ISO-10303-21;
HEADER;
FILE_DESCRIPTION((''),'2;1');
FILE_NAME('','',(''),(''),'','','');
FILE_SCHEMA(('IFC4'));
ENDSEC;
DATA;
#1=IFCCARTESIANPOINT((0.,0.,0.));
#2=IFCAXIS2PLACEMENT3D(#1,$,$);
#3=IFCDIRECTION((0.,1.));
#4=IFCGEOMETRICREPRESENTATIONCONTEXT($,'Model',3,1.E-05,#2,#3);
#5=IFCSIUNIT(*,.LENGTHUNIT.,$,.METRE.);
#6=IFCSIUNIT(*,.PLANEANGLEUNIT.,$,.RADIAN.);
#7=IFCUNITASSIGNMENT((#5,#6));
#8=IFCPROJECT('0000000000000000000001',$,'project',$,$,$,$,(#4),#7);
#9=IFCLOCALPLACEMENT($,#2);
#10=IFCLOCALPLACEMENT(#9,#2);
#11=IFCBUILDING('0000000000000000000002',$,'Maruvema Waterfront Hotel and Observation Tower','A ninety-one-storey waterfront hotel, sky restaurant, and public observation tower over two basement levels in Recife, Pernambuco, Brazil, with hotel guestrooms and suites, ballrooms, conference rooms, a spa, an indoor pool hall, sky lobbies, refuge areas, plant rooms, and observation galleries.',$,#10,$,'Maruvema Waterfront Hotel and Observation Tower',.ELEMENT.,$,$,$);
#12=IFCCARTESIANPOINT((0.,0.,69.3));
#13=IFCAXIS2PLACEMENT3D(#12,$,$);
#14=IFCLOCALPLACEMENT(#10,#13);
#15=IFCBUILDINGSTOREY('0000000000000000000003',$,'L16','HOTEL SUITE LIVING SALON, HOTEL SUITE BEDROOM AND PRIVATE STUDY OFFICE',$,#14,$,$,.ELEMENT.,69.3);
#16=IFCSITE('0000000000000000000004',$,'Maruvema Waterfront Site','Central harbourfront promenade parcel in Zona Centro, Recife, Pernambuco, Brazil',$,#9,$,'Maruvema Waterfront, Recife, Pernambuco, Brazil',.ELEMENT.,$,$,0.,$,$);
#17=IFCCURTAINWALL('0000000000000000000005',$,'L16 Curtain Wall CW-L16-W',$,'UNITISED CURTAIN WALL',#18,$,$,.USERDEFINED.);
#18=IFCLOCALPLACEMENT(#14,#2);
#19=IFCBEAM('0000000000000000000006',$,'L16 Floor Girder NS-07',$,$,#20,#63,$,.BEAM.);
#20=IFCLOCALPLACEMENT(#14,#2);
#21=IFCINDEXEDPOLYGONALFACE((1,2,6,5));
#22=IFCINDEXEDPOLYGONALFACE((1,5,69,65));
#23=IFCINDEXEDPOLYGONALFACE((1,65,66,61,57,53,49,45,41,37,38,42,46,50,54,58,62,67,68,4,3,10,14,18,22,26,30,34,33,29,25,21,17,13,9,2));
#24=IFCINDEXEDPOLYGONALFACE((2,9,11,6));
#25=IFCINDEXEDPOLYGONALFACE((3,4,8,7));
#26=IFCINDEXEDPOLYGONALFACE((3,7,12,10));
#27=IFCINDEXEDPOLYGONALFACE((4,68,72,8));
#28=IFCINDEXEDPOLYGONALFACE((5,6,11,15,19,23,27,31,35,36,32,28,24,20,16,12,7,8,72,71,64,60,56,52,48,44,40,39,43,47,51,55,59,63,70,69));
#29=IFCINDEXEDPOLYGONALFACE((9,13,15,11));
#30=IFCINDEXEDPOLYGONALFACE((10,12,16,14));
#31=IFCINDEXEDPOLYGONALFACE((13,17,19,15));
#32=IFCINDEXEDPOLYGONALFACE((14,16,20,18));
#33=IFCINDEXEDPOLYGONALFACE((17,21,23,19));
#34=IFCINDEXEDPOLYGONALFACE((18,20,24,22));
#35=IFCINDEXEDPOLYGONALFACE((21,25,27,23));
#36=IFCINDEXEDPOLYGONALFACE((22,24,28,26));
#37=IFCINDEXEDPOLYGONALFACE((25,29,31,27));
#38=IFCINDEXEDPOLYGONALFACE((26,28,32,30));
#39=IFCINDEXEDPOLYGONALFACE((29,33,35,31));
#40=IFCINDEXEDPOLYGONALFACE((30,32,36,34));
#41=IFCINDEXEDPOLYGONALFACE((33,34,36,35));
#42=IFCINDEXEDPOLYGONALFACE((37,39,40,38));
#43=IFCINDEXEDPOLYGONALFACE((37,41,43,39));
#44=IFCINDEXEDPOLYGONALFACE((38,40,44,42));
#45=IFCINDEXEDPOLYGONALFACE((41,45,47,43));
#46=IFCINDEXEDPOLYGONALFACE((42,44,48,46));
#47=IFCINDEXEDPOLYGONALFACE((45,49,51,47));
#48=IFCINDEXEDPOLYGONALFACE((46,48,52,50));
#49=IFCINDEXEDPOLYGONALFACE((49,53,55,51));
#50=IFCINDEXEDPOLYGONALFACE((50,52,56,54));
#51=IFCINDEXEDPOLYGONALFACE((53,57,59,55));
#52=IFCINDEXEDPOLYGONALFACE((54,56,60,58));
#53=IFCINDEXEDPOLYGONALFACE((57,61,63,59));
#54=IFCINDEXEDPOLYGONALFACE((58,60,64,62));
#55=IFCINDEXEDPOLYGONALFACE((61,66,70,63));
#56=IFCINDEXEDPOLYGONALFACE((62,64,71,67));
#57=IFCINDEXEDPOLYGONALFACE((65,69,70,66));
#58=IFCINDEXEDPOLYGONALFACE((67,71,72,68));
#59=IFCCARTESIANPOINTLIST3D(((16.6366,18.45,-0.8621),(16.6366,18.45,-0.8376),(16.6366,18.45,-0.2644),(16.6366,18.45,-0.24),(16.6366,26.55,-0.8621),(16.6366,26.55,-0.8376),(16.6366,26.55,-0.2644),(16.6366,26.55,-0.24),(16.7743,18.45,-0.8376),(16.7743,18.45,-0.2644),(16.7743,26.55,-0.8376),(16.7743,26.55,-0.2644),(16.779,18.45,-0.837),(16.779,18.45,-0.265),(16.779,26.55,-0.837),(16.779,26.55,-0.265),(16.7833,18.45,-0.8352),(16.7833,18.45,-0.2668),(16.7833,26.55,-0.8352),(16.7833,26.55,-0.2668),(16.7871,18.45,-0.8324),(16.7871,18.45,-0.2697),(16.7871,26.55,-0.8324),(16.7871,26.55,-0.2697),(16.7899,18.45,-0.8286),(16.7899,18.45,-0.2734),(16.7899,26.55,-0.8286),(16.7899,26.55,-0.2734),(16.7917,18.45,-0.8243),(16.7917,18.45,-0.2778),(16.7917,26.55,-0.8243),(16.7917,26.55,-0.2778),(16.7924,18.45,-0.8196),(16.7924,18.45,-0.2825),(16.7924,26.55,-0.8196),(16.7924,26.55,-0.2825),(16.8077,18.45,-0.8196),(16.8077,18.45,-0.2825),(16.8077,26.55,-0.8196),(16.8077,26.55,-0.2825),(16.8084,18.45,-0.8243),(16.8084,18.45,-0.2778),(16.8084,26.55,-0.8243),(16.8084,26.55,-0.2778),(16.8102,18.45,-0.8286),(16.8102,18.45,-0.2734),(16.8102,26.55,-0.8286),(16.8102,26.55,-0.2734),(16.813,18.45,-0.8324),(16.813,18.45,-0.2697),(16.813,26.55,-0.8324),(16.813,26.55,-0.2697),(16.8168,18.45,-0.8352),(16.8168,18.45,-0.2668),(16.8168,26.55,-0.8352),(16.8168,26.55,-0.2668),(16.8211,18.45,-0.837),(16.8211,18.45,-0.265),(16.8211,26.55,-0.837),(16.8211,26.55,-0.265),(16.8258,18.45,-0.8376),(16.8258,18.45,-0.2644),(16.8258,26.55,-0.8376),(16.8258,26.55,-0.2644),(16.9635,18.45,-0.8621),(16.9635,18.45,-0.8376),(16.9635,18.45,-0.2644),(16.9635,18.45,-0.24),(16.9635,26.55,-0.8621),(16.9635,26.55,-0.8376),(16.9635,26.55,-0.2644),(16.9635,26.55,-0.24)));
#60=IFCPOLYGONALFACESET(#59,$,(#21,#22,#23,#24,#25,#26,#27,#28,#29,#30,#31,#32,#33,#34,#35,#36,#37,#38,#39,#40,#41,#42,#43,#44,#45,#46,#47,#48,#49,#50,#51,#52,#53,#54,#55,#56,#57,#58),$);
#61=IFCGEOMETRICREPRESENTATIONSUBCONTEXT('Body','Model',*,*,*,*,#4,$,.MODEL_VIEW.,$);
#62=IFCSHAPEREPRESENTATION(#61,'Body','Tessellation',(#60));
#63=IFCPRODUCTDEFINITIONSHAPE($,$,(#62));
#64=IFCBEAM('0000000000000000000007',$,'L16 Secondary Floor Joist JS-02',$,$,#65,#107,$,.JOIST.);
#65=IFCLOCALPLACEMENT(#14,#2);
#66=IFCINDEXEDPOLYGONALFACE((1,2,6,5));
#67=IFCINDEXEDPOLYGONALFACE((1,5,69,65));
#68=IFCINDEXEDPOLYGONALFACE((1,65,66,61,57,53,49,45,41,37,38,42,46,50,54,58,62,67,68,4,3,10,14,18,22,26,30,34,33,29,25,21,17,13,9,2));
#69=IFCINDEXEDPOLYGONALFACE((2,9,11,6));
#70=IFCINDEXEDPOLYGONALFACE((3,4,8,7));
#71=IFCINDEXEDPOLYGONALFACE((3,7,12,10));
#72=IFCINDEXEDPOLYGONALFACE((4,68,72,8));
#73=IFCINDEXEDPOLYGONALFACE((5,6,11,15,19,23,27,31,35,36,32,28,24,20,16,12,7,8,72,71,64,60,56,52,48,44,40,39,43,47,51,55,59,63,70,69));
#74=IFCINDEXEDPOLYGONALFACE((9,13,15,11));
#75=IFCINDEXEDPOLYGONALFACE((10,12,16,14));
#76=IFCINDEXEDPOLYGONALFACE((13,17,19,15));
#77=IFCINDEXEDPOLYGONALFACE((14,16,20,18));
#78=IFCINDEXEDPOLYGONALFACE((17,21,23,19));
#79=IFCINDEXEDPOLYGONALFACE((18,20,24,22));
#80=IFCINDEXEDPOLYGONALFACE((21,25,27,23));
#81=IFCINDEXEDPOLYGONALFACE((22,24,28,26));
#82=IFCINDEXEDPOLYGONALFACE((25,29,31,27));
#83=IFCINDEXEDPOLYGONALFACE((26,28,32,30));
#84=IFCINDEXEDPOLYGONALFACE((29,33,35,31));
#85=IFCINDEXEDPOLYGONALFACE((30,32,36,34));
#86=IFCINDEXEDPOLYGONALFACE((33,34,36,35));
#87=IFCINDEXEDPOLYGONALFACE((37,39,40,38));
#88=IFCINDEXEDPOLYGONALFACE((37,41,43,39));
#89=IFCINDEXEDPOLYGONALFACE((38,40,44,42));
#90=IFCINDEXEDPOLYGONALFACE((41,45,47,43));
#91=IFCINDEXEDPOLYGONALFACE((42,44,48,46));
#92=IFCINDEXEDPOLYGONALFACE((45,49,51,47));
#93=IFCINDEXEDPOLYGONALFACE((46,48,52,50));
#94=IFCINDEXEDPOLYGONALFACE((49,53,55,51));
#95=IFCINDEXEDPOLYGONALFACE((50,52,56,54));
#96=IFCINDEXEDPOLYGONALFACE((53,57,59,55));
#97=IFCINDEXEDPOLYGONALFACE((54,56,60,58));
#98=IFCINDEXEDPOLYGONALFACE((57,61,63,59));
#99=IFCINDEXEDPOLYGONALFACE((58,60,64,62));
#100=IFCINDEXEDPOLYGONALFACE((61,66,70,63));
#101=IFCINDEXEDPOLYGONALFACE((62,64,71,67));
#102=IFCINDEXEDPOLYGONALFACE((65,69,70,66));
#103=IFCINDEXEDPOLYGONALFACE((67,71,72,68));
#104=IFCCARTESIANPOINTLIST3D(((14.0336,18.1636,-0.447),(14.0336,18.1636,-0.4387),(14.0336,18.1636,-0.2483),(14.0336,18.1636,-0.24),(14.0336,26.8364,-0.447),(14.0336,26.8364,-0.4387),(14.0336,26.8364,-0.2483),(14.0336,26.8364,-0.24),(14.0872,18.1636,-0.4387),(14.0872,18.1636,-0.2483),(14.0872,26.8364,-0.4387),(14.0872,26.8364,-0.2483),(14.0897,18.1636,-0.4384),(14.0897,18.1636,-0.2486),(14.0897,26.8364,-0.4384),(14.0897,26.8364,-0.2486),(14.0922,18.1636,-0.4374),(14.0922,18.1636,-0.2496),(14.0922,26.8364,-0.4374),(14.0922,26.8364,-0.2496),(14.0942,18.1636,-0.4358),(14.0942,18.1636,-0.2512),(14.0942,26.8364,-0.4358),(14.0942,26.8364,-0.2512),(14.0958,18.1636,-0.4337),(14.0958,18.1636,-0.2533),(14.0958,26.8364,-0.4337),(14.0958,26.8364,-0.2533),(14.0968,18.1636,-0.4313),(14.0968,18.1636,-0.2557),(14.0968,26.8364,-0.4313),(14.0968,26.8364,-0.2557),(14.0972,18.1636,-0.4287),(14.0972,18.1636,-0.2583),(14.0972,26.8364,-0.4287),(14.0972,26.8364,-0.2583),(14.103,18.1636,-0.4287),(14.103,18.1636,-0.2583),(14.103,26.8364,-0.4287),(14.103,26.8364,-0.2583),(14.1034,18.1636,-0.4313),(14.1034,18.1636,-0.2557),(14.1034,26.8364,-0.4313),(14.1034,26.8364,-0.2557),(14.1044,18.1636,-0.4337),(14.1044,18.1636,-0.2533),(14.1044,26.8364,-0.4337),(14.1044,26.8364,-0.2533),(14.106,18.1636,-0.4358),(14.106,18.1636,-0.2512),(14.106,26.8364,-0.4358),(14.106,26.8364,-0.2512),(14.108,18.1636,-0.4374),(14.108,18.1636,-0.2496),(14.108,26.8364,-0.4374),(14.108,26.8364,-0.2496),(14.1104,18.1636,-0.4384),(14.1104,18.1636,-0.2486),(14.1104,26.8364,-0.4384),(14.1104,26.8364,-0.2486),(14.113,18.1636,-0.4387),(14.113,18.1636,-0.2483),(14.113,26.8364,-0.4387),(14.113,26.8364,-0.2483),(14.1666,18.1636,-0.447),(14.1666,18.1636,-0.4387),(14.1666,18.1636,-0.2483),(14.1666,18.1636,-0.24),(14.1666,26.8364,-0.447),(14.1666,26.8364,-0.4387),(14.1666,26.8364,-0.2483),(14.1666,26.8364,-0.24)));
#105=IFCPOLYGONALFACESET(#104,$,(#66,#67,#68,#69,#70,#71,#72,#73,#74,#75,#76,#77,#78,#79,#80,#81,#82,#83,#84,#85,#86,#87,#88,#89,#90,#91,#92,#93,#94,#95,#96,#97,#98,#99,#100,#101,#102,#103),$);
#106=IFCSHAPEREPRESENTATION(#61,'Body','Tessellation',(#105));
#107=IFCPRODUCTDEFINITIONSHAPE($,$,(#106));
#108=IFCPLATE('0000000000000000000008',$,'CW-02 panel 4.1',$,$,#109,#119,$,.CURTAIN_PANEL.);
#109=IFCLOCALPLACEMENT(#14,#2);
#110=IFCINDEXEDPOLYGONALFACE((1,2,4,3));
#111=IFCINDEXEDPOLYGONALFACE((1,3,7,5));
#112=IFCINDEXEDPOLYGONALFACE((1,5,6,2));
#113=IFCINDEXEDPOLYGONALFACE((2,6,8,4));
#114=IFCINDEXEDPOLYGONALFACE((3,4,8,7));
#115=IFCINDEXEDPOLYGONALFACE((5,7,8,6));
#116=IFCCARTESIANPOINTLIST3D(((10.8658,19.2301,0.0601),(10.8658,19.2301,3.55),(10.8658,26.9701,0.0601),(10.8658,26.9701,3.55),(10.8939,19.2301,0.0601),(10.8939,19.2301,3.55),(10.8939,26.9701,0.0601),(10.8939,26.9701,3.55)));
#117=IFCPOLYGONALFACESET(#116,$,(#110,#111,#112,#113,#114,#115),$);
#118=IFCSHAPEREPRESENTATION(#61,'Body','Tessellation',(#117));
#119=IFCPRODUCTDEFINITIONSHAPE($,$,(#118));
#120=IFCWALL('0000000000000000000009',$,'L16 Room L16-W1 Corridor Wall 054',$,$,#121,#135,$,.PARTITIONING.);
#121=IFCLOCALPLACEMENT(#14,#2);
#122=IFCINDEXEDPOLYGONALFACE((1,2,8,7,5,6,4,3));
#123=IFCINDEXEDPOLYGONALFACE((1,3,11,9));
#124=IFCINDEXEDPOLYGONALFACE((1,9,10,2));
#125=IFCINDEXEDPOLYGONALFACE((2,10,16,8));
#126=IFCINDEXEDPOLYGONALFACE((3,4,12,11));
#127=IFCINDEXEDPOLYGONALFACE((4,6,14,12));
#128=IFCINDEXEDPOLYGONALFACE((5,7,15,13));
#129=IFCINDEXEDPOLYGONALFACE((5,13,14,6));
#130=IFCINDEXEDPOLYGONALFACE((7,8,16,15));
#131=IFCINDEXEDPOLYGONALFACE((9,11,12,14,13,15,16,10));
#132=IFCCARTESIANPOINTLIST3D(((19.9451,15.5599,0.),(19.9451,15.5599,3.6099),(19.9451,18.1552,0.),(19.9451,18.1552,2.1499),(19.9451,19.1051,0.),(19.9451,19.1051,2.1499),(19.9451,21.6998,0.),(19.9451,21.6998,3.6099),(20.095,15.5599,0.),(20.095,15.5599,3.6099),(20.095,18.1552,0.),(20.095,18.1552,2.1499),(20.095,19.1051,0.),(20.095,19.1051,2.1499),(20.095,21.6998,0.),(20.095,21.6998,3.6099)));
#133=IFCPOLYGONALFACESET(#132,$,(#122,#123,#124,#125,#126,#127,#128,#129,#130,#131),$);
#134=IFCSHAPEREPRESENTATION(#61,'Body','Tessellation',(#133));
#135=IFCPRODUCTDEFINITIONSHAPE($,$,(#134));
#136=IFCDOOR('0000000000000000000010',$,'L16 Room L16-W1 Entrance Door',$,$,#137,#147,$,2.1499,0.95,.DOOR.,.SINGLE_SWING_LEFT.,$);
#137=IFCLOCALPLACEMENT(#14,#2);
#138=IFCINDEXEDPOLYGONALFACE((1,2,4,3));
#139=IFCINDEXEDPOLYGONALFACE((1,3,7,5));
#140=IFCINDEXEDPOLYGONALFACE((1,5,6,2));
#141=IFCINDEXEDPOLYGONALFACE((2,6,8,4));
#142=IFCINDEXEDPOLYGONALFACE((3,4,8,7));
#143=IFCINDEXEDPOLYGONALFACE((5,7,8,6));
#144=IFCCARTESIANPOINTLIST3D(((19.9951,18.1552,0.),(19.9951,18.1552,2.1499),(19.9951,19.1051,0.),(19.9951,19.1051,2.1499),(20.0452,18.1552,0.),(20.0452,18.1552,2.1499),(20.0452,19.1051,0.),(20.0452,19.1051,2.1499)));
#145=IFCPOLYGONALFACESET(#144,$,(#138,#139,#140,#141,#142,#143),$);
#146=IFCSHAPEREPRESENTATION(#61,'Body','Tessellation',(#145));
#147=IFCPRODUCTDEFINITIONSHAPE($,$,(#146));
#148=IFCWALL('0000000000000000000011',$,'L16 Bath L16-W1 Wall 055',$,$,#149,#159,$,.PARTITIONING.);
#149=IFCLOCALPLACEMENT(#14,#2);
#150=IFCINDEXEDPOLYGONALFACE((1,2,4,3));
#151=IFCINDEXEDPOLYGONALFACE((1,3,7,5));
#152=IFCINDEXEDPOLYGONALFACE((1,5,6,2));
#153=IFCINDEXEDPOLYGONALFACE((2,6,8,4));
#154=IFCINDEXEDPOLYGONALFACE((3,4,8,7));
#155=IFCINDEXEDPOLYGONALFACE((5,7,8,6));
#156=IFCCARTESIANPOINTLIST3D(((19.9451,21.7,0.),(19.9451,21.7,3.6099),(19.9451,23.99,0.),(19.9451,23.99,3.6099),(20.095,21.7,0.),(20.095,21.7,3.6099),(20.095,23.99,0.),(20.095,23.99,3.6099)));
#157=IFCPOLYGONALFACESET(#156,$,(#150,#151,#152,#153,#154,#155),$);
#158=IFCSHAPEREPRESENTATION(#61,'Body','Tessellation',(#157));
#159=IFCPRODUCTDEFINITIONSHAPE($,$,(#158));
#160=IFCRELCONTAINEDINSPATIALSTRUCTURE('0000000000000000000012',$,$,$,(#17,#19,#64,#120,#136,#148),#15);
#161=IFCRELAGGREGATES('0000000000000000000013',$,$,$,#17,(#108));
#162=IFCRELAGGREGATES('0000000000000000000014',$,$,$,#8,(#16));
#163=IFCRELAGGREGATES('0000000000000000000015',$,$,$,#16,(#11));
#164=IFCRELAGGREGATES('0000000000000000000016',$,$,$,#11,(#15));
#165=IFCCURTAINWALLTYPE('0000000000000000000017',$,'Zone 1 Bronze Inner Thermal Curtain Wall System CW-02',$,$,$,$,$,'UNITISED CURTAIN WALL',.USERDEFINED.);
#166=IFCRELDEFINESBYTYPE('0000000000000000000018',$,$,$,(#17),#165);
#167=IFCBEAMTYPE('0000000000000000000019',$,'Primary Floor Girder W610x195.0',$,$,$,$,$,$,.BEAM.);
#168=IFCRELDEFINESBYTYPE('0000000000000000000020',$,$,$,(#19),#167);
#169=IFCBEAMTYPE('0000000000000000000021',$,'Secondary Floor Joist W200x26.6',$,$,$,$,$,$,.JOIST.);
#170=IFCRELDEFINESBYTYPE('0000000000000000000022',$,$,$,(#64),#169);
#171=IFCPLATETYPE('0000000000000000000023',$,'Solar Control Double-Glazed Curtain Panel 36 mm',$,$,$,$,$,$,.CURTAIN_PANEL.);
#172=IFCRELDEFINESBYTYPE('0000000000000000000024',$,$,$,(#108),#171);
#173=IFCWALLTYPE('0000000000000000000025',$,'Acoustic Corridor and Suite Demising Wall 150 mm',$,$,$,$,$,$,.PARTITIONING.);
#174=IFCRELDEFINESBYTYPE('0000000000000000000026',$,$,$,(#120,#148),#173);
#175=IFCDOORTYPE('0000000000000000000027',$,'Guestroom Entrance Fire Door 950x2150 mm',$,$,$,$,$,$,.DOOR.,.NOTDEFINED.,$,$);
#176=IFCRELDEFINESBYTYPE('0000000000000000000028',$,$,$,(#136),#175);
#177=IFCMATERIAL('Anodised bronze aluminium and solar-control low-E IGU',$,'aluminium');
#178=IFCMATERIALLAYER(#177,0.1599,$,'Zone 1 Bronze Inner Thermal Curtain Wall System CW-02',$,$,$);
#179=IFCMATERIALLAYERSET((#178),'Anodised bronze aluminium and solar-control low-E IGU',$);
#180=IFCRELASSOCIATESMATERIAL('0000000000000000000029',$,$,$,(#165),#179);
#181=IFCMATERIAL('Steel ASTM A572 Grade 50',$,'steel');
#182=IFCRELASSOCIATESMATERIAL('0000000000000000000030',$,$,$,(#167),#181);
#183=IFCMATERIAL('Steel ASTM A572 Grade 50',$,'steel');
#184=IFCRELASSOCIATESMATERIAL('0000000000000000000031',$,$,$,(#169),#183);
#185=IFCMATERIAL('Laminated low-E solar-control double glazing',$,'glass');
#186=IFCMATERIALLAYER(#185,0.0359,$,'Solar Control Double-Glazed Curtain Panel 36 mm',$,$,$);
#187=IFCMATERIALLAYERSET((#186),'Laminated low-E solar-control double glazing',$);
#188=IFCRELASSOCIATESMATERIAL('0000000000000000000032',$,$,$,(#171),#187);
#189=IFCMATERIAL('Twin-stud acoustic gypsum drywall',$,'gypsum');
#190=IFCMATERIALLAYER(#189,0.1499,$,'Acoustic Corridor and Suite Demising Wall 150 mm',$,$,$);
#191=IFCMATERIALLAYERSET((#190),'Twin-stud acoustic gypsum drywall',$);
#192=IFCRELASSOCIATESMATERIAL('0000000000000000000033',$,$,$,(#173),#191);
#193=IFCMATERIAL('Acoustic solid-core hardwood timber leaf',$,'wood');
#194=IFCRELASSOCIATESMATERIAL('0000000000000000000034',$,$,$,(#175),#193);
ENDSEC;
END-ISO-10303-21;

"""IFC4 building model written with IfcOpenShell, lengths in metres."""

from ifc_helpers import new_model, si_unit, direction, frame, frame_2d, origin, origin_2d, place, context, subcontext, project, spatial, rectangle, i_section, extrude, material, layer, layer_set, material_profile, profile_set, type_object, element, fill, aggregate, save


model = new_model("IFC4")

# Units and contexts
model_context = context("Model", 3, precision=1e-05, world=origin(), true_north=direction((0.0, 1.0)))
body_context = subcontext(model_context, "Body", "Model", "MODEL_VIEW")
ifc_project = project(units=[si_unit("LENGTHUNIT", "METRE"), si_unit("PLANEANGLEUNIT", "RADIAN")], contexts=[model_context])

# Site, building, storey
site_placement = place(None, origin())
site = spatial("IfcSite", under=ifc_project, at=site_placement, Name="Maruvema Waterfront Site", Description="Central harbourfront promenade parcel in Zona Centro, Recife, Pernambuco, Brazil", LongName="Maruvema Waterfront, Recife, Pernambuco, Brazil", CompositionType="ELEMENT", RefElevation=0.0)
building_placement = place(site_placement, origin())
building = spatial("IfcBuilding", under=site, at=building_placement, Name="Maruvema Waterfront Hotel and Observation Tower", Description="A ninety-one-storey waterfront hotel, sky restaurant, and public observation tower over two basement levels in Recife, Pernambuco, Brazil, with hotel guestrooms and suites, ballrooms, conference rooms, a spa, an indoor pool hall, sky lobbies, refuge areas, plant rooms, and observation galleries.", LongName="Maruvema Waterfront Hotel and Observation Tower", CompositionType="ELEMENT")
storey_placement = place(building_placement, frame((0.0, 0.0, 69.3)))
storey = spatial("IfcBuildingStorey", under=building, at=storey_placement, Name="L16", Description="HOTEL SUITE LIVING SALON, HOTEL SUITE BEDROOM AND PRIVATE STUDY OFFICE", CompositionType="ELEMENT", Elevation=69.3)

# Curtain wall
ifc_material_1 = material(Name="Anodised bronze aluminium and solar-control low-E IGU", Category="aluminium")
ifc_layer_1 = layer(ifc_material_1, 0.1599, Name="Zone 1 Bronze Inner Thermal Curtain Wall System CW-02")
ifc_layer_set_1 = layer_set([ifc_layer_1], Name="Anodised bronze aluminium and solar-control low-E IGU")
curtain_wall_type = type_object("IfcCurtainWallType", Name="Zone 1 Bronze Inner Thermal Curtain Wall System CW-02", ElementType="UNITISED CURTAIN WALL", PredefinedType="USERDEFINED", material=ifc_layer_set_1)
curtain_wall_placement = place(storey_placement, origin())
curtain_wall = element("IfcCurtainWall", 1, at=curtain_wall_placement, inside=storey, type_object=curtain_wall_type, Name="L16 Curtain Wall CW-L16-W", ObjectType="UNITISED CURTAIN WALL", PredefinedType="USERDEFINED")

# Beams
ifc_material_2 = material(Name="Steel ASTM A572 Grade 50", Category="steel")
ifc_material_profile_1 = material_profile(ifc_material_2, i_section(OverallWidth=0.3269, OverallDepth=0.6221, WebThickness=0.0154, FlangeThickness=0.0244, FilletRadius=0.0181, at=origin_2d()), Name="W610x195.0")
ifc_profile_set_1 = profile_set([ifc_material_profile_1], Name="Steel ASTM A572 Grade 50")
beam_type_1 = type_object("IfcBeamType", Name="Primary Floor Girder W610x195.0", PredefinedType="BEAM", material=ifc_profile_set_1)
beam_1_placement = place(storey_placement, frame((16.8, 18.45, -0.551), z_axis=(0.0, 1.0, 0.0), x_axis=(-1.0, 0.0, 0.0)))
element("IfcBeam", 2, at=beam_1_placement, inside=storey, type_object=beam_type_1, Name="L16 Floor Girder NS-07", PredefinedType="BEAM", context=body_context, shape_type="SweptSolid", body=[
    extrude(i_section(OverallWidth=0.3269, OverallDepth=0.6221, WebThickness=0.0154, FlangeThickness=0.0244, FilletRadius=0.0181, at=origin_2d()), origin(), (0.0, 0.0, 1.0), 8.1001),
])
ifc_material_3 = material(Name="Steel ASTM A572 Grade 50", Category="steel")
ifc_material_profile_2 = material_profile(ifc_material_3, i_section(OverallWidth=0.1331, OverallDepth=0.207, WebThickness=0.0059, FlangeThickness=0.0083, FilletRadius=0.01, at=origin_2d()), Name="W200x26.6")
ifc_profile_set_2 = profile_set([ifc_material_profile_2], Name="Steel ASTM A572 Grade 50")
beam_type_2 = type_object("IfcBeamType", Name="Secondary Floor Joist W200x26.6", PredefinedType="JOIST", material=ifc_profile_set_2)
beam_2_placement = place(storey_placement, frame((14.1001, 18.1636, -0.3435), z_axis=(0.0, 1.0, 0.0), x_axis=(-1.0, 0.0, 0.0)))
element("IfcBeam", 3, at=beam_2_placement, inside=storey, type_object=beam_type_2, Name="L16 Secondary Floor Joist JS-02", PredefinedType="JOIST", context=body_context, shape_type="SweptSolid", body=[
    extrude(i_section(OverallWidth=0.1331, OverallDepth=0.207, WebThickness=0.0059, FlangeThickness=0.0083, FilletRadius=0.01, at=origin_2d()), origin(), (0.0, 0.0, 1.0), 8.6729),
])

# Plate
ifc_material_4 = material(Name="Laminated low-E solar-control double glazing", Category="glass")
ifc_layer_2 = layer(ifc_material_4, 0.0359, Name="Solar Control Double-Glazed Curtain Panel 36 mm")
ifc_layer_set_2 = layer_set([ifc_layer_2], Name="Laminated low-E solar-control double glazing")
plate_type = type_object("IfcPlateType", Name="Solar Control Double-Glazed Curtain Panel 36 mm", PredefinedType="CURTAIN_PANEL", material=ifc_layer_set_2)
plate_placement = place(storey_placement, frame((10.8799, 23.1001, 0.0601), z_axis=(0.0, 0.0, 1.0), x_axis=(0.0, -1.0, 0.0)))
plate = element("IfcPlate", 4, at=plate_placement, type_object=plate_type, Name="CW-02 panel 4.1", PredefinedType="CURTAIN_PANEL", context=body_context, shape_type="SweptSolid", body=[
    extrude(rectangle(XDim=7.74, YDim=0.0281, at=origin_2d()), origin(), (0.0, 0.0, 1.0), 3.49),
])
aggregate(curtain_wall, [plate])

# Wall, opening, door
ifc_material_5 = material(Name="Twin-stud acoustic gypsum drywall", Category="gypsum")
ifc_layer_3 = layer(ifc_material_5, 0.1499, Name="Acoustic Corridor and Suite Demising Wall 150 mm")
ifc_layer_set_3 = layer_set([ifc_layer_3], Name="Twin-stud acoustic gypsum drywall")
wall_type_1 = type_object("IfcWallType", Name="Acoustic Corridor and Suite Demising Wall 150 mm", PredefinedType="PARTITIONING", material=ifc_layer_set_3)
wall_1_placement = place(storey_placement, frame((20.02, 15.5601, 0.0), z_axis=(0.0, 0.0, 1.0), x_axis=(0.0, 1.0, 0.0)))
wall_1 = element("IfcWall", 5, at=wall_1_placement, inside=storey, type_object=wall_type_1, Name="L16 Room L16-W1 Corridor Wall 054", PredefinedType="PARTITIONING", context=body_context, shape_type="SweptSolid", body=[
    extrude(rectangle(XDim=6.1399, YDim=0.1499, at=frame_2d((3.0698, 0.0))), origin(), (0.0, 0.0, 1.0), 3.6099),
])
opening_1_placement = place(wall_1_placement, frame((2.595, 0.0, 0.0)))
opening_1 = element("IfcOpeningElement", 6, at=opening_1_placement, cuts=wall_1, PredefinedType="OPENING", context=body_context, shape_type="SweptSolid", body=[
    extrude(rectangle(XDim=0.95, YDim=2.1499, at=frame_2d((0.4751, 1.075))), frame((0.0, 0.085, 0.0), z_axis=(0.0, -1.0, 0.0), x_axis=(1.0, 0.0, 0.0)), (0.0, 0.0, 1.0), 0.1699),
])
ifc_material_6 = material(Name="Acoustic solid-core hardwood timber leaf", Category="wood")
door_type_1 = type_object("IfcDoorType", Name="Guestroom Entrance Fire Door 950x2150 mm", OperationType="NOTDEFINED", PredefinedType="DOOR", material=ifc_material_6)
door_1_placement = place(opening_1_placement, origin())
door_1 = element("IfcDoor", 7, at=door_1_placement, inside=storey, type_object=door_type_1, Name="L16 Room L16-W1 Entrance Door", OperationType="SINGLE_SWING_LEFT", OverallHeight=2.1499, OverallWidth=0.95, PredefinedType="DOOR", context=body_context, shape_type="SweptSolid", body=[
    extrude(rectangle(XDim=0.95, YDim=2.1499, at=frame_2d((0.4751, 1.075))), frame((0.0, 0.0249, 0.0), z_axis=(0.0, -1.0, 0.0), x_axis=(1.0, 0.0, 0.0)), (0.0, 0.0, 1.0), 0.05),
])
fill(opening_1, door_1)

# Wall
wall_2_placement = place(storey_placement, frame((20.02, 21.7, 0.0), z_axis=(0.0, 0.0, 1.0), x_axis=(0.0, 1.0, 0.0)))
element("IfcWall", 8, at=wall_2_placement, inside=storey, type_object=wall_type_1, Name="L16 Bath L16-W1 Wall 055", PredefinedType="PARTITIONING", context=body_context, shape_type="SweptSolid", body=[
    extrude(rectangle(XDim=2.29, YDim=0.1499, at=frame_2d((1.145, 0.0))), origin(), (0.0, 0.0, 1.0), 3.6099),
])

save(model, "model.ifc")
